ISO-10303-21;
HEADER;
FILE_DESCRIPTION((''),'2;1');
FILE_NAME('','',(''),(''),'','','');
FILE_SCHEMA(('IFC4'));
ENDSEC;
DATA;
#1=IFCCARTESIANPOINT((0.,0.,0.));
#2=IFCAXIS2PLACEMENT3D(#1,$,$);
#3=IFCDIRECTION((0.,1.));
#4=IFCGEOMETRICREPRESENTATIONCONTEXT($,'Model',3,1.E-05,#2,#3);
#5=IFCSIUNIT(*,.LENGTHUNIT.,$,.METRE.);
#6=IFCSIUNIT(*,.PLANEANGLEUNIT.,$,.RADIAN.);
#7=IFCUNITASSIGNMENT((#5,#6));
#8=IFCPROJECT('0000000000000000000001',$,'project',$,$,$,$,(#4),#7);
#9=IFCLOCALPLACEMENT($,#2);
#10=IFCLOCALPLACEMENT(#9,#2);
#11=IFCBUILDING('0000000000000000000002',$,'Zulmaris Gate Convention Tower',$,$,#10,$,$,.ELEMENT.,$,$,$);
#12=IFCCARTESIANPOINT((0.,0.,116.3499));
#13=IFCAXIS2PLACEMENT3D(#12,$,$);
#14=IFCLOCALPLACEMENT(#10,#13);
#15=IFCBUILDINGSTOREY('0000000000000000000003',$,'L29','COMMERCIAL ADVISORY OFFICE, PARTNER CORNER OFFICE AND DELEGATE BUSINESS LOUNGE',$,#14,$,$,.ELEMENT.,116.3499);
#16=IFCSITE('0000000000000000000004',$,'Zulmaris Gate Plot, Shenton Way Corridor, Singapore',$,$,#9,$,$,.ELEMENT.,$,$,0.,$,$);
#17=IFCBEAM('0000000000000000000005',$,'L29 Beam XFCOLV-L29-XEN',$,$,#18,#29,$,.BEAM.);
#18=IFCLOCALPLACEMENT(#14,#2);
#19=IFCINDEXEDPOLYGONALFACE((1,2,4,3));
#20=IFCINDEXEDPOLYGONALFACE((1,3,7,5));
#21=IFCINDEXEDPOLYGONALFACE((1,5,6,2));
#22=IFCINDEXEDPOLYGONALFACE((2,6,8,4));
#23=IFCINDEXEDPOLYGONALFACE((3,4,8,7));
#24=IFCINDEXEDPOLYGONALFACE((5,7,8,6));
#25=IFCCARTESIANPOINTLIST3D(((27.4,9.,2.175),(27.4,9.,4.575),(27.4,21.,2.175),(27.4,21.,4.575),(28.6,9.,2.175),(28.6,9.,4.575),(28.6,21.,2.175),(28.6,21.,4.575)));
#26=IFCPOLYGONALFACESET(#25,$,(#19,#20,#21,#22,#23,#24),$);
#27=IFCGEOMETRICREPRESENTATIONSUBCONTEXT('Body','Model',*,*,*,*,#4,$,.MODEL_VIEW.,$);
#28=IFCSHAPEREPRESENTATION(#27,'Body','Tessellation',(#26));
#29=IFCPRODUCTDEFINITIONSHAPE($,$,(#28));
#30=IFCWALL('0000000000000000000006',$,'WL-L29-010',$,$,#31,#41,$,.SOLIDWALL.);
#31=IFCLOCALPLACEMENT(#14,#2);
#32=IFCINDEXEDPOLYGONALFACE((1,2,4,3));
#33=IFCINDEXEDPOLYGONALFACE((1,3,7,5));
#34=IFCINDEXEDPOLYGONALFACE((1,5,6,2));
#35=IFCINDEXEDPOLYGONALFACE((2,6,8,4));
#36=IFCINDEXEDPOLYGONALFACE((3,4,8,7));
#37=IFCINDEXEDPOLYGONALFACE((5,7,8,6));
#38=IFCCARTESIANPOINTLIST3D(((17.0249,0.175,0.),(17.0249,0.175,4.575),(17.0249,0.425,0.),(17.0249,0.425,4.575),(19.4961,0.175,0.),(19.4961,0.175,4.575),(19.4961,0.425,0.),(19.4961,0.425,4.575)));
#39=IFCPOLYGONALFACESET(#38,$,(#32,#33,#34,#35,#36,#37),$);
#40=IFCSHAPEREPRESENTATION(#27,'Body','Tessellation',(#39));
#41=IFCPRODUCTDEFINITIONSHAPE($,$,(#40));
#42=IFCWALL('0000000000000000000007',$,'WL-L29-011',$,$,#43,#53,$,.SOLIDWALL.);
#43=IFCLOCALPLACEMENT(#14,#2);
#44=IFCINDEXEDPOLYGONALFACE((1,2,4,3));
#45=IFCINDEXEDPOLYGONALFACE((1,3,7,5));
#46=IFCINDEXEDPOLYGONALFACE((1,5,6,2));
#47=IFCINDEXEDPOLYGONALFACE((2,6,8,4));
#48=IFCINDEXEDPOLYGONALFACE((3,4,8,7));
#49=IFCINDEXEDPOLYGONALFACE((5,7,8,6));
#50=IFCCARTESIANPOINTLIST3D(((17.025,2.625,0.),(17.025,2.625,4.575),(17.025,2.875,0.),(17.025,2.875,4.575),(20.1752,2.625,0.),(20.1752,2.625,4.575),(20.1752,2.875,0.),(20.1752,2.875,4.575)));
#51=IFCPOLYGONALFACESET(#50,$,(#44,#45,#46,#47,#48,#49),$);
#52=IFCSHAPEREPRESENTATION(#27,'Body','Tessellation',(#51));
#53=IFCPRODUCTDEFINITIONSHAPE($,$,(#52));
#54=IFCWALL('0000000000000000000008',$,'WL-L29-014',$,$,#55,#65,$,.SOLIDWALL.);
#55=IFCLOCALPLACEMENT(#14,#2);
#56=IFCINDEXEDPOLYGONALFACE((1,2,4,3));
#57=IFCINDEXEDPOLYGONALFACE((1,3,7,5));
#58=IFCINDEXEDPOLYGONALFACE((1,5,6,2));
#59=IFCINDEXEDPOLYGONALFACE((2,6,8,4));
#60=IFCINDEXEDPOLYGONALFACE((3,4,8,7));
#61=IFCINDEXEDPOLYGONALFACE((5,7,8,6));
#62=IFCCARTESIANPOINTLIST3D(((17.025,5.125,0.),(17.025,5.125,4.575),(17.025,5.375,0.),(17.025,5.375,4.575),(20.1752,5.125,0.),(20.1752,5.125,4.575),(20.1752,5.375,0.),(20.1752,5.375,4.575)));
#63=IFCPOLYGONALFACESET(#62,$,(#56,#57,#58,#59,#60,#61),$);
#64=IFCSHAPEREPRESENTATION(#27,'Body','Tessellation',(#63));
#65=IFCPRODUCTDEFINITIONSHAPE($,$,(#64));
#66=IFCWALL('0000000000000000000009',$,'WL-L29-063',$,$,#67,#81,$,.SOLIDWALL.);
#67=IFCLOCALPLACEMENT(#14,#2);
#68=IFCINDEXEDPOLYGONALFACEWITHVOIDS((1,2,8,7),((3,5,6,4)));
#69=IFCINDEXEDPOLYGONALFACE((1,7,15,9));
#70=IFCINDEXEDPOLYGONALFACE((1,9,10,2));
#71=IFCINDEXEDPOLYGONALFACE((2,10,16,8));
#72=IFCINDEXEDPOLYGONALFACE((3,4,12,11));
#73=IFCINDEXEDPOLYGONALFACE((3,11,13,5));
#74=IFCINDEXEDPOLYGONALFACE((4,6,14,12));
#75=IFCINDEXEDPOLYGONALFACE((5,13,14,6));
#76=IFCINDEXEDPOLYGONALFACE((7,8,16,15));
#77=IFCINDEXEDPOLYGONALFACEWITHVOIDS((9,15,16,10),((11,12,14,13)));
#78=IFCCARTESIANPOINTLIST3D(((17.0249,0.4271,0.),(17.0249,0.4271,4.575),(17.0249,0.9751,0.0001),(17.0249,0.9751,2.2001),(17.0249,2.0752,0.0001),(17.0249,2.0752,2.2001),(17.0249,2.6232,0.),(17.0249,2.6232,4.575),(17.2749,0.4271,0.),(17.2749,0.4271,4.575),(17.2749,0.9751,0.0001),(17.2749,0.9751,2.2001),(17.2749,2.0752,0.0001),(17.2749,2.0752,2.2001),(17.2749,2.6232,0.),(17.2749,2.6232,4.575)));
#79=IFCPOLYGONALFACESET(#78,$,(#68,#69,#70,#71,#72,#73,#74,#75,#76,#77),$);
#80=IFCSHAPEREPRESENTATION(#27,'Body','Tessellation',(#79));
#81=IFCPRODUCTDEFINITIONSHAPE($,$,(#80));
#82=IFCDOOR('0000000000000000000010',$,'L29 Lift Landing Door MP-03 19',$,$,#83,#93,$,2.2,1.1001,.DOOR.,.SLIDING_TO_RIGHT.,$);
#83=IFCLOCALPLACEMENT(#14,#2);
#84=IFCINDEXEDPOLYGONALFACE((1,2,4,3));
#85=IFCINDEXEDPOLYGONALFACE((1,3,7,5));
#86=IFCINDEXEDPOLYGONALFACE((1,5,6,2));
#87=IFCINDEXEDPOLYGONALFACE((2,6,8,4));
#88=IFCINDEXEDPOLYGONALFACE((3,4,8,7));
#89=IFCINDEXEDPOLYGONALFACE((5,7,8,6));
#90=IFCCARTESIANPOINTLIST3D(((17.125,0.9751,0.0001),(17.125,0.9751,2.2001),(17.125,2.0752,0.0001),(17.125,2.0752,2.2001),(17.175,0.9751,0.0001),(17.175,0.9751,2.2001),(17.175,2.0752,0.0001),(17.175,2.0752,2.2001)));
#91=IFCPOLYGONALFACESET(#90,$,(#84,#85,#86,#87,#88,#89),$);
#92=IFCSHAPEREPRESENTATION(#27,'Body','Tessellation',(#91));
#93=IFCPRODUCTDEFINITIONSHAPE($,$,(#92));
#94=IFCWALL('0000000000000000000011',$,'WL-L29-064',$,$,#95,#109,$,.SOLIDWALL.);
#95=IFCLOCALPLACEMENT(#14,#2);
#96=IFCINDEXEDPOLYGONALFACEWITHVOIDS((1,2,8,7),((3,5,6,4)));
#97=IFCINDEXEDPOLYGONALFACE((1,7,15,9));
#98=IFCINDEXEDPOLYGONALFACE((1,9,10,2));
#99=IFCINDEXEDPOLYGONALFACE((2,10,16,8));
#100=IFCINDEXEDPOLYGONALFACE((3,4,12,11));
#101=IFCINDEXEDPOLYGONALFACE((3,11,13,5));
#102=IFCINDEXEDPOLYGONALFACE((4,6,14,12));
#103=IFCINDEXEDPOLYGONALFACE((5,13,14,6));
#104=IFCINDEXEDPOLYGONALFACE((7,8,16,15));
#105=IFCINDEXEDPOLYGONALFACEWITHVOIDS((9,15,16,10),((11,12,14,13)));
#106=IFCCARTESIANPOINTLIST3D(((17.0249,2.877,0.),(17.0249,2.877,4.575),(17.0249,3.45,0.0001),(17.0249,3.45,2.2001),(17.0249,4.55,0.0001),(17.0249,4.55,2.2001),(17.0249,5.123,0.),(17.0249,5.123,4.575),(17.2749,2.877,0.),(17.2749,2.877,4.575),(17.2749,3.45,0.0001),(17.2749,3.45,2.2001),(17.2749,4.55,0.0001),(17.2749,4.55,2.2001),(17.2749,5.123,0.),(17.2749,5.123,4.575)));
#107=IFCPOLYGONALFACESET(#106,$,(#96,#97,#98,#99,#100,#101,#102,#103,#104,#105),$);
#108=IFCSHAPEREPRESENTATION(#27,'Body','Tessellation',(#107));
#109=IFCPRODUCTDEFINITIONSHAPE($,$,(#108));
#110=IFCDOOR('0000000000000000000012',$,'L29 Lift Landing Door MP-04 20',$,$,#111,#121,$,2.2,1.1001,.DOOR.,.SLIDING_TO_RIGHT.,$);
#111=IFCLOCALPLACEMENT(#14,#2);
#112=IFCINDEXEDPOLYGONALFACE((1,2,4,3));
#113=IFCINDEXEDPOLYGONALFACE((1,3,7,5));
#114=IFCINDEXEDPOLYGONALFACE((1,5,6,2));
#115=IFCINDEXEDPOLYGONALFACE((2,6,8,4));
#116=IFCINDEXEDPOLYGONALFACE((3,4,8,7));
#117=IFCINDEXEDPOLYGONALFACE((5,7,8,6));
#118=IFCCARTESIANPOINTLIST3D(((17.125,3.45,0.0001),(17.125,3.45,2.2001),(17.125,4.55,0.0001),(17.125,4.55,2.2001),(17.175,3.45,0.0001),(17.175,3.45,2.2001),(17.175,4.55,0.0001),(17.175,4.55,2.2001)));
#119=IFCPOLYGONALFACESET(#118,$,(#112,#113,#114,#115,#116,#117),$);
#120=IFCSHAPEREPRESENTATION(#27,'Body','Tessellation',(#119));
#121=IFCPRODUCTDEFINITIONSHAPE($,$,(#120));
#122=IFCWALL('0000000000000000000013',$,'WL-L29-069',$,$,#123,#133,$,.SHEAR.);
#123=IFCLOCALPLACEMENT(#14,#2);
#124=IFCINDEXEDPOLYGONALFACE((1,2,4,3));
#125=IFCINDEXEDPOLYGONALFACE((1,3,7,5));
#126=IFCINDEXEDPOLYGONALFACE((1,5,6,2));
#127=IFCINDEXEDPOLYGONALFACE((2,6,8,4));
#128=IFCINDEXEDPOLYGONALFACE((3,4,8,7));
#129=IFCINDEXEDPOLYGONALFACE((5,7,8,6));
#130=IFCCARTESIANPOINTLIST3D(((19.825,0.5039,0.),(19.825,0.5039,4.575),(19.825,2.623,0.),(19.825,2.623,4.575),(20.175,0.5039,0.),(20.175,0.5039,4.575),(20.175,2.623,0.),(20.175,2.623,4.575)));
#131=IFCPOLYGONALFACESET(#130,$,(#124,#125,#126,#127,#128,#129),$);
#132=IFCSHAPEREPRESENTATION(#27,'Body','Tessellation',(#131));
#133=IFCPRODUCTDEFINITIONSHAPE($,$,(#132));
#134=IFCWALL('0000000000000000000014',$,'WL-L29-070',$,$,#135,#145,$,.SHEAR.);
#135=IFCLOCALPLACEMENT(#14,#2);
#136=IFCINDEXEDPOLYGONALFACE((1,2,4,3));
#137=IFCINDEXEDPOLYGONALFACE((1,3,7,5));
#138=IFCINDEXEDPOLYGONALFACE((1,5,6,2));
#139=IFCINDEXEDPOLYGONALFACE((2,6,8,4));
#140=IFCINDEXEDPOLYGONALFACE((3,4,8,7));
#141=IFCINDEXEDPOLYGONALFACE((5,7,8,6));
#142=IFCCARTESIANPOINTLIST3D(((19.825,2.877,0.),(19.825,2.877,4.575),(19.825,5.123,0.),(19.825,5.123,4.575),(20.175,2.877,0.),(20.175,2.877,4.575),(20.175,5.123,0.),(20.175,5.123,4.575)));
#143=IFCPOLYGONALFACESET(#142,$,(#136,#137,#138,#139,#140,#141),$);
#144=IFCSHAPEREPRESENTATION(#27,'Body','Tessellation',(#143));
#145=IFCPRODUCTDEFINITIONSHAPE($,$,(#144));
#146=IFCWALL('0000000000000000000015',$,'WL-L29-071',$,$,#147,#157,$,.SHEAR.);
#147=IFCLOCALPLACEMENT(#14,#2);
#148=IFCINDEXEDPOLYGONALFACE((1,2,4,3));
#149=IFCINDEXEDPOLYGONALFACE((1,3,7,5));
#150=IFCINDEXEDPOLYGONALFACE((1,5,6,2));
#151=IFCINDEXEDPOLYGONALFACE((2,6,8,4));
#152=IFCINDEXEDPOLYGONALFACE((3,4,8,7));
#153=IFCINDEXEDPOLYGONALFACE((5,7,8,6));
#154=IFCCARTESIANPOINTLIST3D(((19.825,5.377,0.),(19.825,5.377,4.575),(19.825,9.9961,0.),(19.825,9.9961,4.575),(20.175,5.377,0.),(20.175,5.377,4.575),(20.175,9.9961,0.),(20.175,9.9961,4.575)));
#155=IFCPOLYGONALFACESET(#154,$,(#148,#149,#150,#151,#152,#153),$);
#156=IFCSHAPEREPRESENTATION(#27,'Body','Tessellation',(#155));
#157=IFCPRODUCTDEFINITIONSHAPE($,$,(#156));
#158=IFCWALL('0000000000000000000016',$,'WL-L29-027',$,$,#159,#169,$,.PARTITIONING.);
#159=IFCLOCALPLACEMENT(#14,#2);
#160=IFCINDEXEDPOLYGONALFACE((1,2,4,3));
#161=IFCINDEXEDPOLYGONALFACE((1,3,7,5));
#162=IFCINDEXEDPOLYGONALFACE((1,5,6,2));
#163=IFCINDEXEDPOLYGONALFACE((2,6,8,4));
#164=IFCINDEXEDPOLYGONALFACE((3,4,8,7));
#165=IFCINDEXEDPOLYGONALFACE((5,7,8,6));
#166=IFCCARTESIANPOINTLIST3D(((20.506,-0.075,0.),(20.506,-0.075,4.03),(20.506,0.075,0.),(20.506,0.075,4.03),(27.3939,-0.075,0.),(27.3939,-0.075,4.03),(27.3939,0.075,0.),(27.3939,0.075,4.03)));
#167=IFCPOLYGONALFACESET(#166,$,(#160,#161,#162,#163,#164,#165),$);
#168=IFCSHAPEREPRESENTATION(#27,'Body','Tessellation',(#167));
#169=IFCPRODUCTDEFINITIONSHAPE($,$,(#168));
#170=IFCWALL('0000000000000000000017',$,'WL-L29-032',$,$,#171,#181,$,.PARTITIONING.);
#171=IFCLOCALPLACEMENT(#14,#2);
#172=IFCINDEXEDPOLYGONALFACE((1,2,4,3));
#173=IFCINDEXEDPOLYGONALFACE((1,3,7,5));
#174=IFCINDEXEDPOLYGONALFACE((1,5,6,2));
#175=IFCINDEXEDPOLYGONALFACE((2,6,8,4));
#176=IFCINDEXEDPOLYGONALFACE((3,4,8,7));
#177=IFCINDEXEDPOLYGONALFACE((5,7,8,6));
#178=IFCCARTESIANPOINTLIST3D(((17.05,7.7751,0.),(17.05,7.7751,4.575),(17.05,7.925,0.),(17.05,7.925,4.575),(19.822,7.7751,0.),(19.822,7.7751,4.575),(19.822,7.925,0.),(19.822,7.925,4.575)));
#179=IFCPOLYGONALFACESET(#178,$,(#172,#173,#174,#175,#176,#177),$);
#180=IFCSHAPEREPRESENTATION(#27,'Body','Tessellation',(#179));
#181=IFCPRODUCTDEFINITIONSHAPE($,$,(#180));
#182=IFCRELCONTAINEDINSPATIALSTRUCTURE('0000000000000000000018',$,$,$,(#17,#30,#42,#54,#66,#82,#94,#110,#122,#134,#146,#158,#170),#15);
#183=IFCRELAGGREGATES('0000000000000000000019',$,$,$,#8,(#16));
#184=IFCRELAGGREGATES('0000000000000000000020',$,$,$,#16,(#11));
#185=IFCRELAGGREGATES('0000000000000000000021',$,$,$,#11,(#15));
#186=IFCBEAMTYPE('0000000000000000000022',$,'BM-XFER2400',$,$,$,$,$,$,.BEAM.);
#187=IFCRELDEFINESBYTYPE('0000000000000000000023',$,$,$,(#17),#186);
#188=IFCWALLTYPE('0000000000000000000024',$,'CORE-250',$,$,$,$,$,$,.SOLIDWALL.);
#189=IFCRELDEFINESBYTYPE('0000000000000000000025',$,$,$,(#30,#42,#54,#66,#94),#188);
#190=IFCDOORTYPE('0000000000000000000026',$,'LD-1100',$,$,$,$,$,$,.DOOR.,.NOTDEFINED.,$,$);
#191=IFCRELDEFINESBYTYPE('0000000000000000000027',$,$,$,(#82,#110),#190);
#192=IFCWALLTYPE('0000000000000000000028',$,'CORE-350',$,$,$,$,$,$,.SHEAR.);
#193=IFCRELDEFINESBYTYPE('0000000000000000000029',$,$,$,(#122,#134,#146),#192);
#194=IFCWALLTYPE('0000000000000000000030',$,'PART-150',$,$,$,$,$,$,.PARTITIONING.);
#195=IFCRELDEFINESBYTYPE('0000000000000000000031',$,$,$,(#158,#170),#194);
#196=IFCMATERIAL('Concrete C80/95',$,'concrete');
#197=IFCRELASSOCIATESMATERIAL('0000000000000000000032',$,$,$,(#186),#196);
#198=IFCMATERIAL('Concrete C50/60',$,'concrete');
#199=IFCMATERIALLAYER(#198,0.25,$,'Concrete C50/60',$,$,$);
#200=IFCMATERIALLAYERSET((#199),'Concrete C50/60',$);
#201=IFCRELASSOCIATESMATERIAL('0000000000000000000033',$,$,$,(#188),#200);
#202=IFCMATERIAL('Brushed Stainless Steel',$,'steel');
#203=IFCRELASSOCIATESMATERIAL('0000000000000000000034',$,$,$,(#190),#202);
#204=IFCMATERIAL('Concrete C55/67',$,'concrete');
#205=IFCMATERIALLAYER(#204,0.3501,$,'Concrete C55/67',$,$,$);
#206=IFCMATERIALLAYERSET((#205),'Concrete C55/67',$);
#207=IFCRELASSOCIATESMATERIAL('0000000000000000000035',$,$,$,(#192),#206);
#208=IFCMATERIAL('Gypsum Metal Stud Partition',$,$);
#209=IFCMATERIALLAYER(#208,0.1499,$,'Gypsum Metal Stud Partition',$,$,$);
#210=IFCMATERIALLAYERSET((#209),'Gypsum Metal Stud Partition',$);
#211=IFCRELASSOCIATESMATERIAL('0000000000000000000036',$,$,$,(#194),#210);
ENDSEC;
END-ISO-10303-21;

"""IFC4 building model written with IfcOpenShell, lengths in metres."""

from ifc_helpers import new_model, si_unit, direction, frame, frame_2d, origin, origin_2d, place, context, subcontext, project, spatial, rectangle, extrude, material, layer, layer_set, material_profile, profile_set, type_object, element, fill, save


model = new_model("IFC4")

# Units and contexts
model_context = context("Model", 3, precision=1e-05, world=origin(), true_north=direction((0.0, 1.0)))
body_context = subcontext(model_context, "Body", "Model", "MODEL_VIEW")
ifc_project = project(units=[si_unit("LENGTHUNIT", "METRE"), si_unit("PLANEANGLEUNIT", "RADIAN")], contexts=[model_context])

# Site, building, storey
site_placement = place(None, origin())
site = spatial("IfcSite", under=ifc_project, at=site_placement, Name="Zulmaris Gate Plot, Shenton Way Corridor, Singapore", CompositionType="ELEMENT", RefElevation=0.0)
building_placement = place(site_placement, origin())
building = spatial("IfcBuilding", under=site, at=building_placement, Name="Zulmaris Gate Convention Tower", CompositionType="ELEMENT")
storey_placement = place(building_placement, frame((0.0, 0.0, 116.3499)))
storey = spatial("IfcBuildingStorey", under=building, at=storey_placement, Name="L29", Description="COMMERCIAL ADVISORY OFFICE, PARTNER CORNER OFFICE AND DELEGATE BUSINESS LOUNGE", CompositionType="ELEMENT", Elevation=116.3499)

# Beam
ifc_material_1 = material(Name="Concrete C80/95", Category="concrete")
ifc_material_profile_1 = material_profile(ifc_material_1, rectangle(XDim=1.2, YDim=2.3999, at=origin_2d()), Name="RC TRANSFER 1200x2400")
ifc_profile_set_1 = profile_set([ifc_material_profile_1], Name="Concrete C80/95")
beam_type_1 = type_object("IfcBeamType", Name="BM-XFER2400", PredefinedType="BEAM", material=ifc_profile_set_1)
beam_1_placement = place(storey_placement, frame((28.0, 9.0, 3.375), z_axis=(0.0, 1.0, 0.0), x_axis=(-1.0, 0.0, 0.0)))
element("IfcBeam", 1, at=beam_1_placement, inside=storey, type_object=beam_type_1, Name="L29 Beam XFCOLV-L29-XEN", PredefinedType="BEAM", context=body_context, shape_type="SweptSolid", body=[
    extrude(rectangle(XDim=1.2, YDim=2.3999, at=origin_2d()), origin(), (0.0, 0.0, 1.0), 12.0),
])

# Walls
ifc_material_2 = material(Name="Concrete C50/60", Category="concrete")
ifc_layer_1 = layer(ifc_material_2, 0.25, Name="Concrete C50/60")
ifc_layer_set_1 = layer_set([ifc_layer_1], Name="Concrete C50/60")
wall_type_1 = type_object("IfcWallType", Name="CORE-250", PredefinedType="SOLIDWALL", material=ifc_layer_set_1)
wall_1_placement = place(storey_placement, frame((17.0249, 0.3, 0.0), z_axis=(0.0, 0.0, 1.0), x_axis=(1.0, 0.0, 0.0)))
element("IfcWall", 2, at=wall_1_placement, inside=storey, type_object=wall_type_1, Name="WL-L29-010", PredefinedType="SOLIDWALL", context=body_context, shape_type="SweptSolid", body=[
    extrude(rectangle(XDim=2.4712, YDim=0.25, at=frame_2d((1.2356, 0.0))), origin(), (0.0, 0.0, 1.0), 4.575),
])
for number, where, z_axis, x_axis, name in (
    (3, (17.0249, 2.75, 0.0), (0.0, 0.0, 1.0), (1.0, 0.0, 0.0), "WL-L29-011"),
    (4, (17.0249, 5.25, 0.0), (0.0, 0.0, 1.0), (1.0, 0.0, 0.0), "WL-L29-014"),
):
    element("IfcWall", number, at=place(storey_placement, frame(where, z_axis=z_axis, x_axis=x_axis)), inside=storey, type_object=wall_type_1, Name=name, PredefinedType="SOLIDWALL", context=body_context, shape_type="SweptSolid", body=[
        extrude(rectangle(XDim=3.1501, YDim=0.25, at=frame_2d((1.5752, 0.0))), origin(), (0.0, 0.0, 1.0), 4.575),
    ])

# Walls, openings, doors
wall_2_placement = place(storey_placement, frame((17.1499, 0.427, 0.0), z_axis=(0.0, 0.0, 1.0), x_axis=(0.0, 1.0, 0.0)))
wall_2 = element("IfcWall", 5, at=wall_2_placement, inside=storey, type_object=wall_type_1, Name="WL-L29-063", PredefinedType="SOLIDWALL", context=body_context, shape_type="SweptSolid", body=[
    extrude(rectangle(XDim=2.196, YDim=0.25, at=frame_2d((1.0981, 0.0))), origin(), (0.0, 0.0, 1.0), 4.575),
])
opening_1_placement = place(wall_2_placement, frame((0.5481, 0.0, 0.0)))
opening_1 = element("IfcOpeningElement", 6, at=opening_1_placement, cuts=wall_2, PredefinedType="OPENING", context=body_context, shape_type="SweptSolid", body=[
    extrude(rectangle(XDim=1.1001, YDim=2.2, at=frame_2d((0.55, 1.1001))), frame((0.0, 0.135, 0.0), z_axis=(0.0, -1.0, 0.0), x_axis=(1.0, 0.0, 0.0)), (0.0, 0.0, 1.0), 0.27),
])
ifc_material_3 = material(Name="Brushed Stainless Steel", Category="steel")
door_type_1 = type_object("IfcDoorType", Name="LD-1100", OperationType="NOTDEFINED", PredefinedType="DOOR", material=ifc_material_3)
door_1_placement = place(opening_1_placement, origin())
door_1 = element("IfcDoor", 7, at=door_1_placement, inside=storey, type_object=door_type_1, Name="L29 Lift Landing Door MP-03 19", OperationType="SLIDING_TO_RIGHT", OverallHeight=2.2, OverallWidth=1.1001, PredefinedType="DOOR", context=body_context, shape_type="SweptSolid", body=[
    extrude(rectangle(XDim=1.1001, YDim=2.2, at=frame_2d((0.55, 1.1001))), frame((0.0, 0.0249, 0.0), z_axis=(0.0, -1.0, 0.0), x_axis=(1.0, 0.0, 0.0)), (0.0, 0.0, 1.0), 0.05),
])
fill(opening_1, door_1)
wall_3_placement = place(storey_placement, frame((17.1499, 2.877, 0.0), z_axis=(0.0, 0.0, 1.0), x_axis=(0.0, 1.0, 0.0)))
wall_3 = element("IfcWall", 8, at=wall_3_placement, inside=storey, type_object=wall_type_1, Name="WL-L29-064", PredefinedType="SOLIDWALL", context=body_context, shape_type="SweptSolid", body=[
    extrude(rectangle(XDim=2.2461, YDim=0.25, at=frame_2d((1.123, 0.0))), origin(), (0.0, 0.0, 1.0), 4.575),
])
opening_2_placement = place(wall_3_placement, frame((0.573, 0.0, 0.0)))
opening_2 = element("IfcOpeningElement", 9, at=opening_2_placement, cuts=wall_3, PredefinedType="OPENING", context=body_context, shape_type="SweptSolid", body=[
    extrude(rectangle(XDim=1.1001, YDim=2.2, at=frame_2d((0.55, 1.1001))), frame((0.0, 0.135, 0.0), z_axis=(0.0, -1.0, 0.0), x_axis=(1.0, 0.0, 0.0)), (0.0, 0.0, 1.0), 0.27),
])
door_2_placement = place(opening_2_placement, origin())
door_2 = element("IfcDoor", 10, at=door_2_placement, inside=storey, type_object=door_type_1, Name="L29 Lift Landing Door MP-04 20", OperationType="SLIDING_TO_RIGHT", OverallHeight=2.2, OverallWidth=1.1001, PredefinedType="DOOR", context=body_context, shape_type="SweptSolid", body=[
    extrude(rectangle(XDim=1.1001, YDim=2.2, at=frame_2d((0.55, 1.1001))), frame((0.0, 0.0249, 0.0), z_axis=(0.0, -1.0, 0.0), x_axis=(1.0, 0.0, 0.0)), (0.0, 0.0, 1.0), 0.05),
])
fill(opening_2, door_2)

# Walls
ifc_material_4 = material(Name="Concrete C55/67", Category="concrete")
ifc_layer_2 = layer(ifc_material_4, 0.3501, Name="Concrete C55/67")
ifc_layer_set_2 = layer_set([ifc_layer_2], Name="Concrete C55/67")
wall_type_2 = type_object("IfcWallType", Name="CORE-350", PredefinedType="SHEAR", material=ifc_layer_set_2)
wall_4_placement = place(storey_placement, frame((20.0, 0.5039, 0.0), z_axis=(0.0, 0.0, 1.0), x_axis=(0.0, 1.0, 0.0)))
element("IfcWall", 11, at=wall_4_placement, inside=storey, type_object=wall_type_2, Name="WL-L29-069", PredefinedType="SHEAR", context=body_context, shape_type="SweptSolid", body=[
    extrude(rectangle(XDim=2.1191, YDim=0.3501, at=frame_2d((1.0596, 0.0))), origin(), (0.0, 0.0, 1.0), 4.575),
])
wall_5_placement = place(storey_placement, frame((20.0, 2.877, 0.0), z_axis=(0.0, 0.0, 1.0), x_axis=(0.0, 1.0, 0.0)))
element("IfcWall", 12, at=wall_5_placement, inside=storey, type_object=wall_type_2, Name="WL-L29-070", PredefinedType="SHEAR", context=body_context, shape_type="SweptSolid", body=[
    extrude(rectangle(XDim=2.2461, YDim=0.3501, at=frame_2d((1.123, 0.0))), origin(), (0.0, 0.0, 1.0), 4.575),
])
wall_6_placement = place(storey_placement, frame((20.0, 5.377, 0.0), z_axis=(0.0, 0.0, 1.0), x_axis=(0.0, 1.0, 0.0)))
element("IfcWall", 13, at=wall_6_placement, inside=storey, type_object=wall_type_2, Name="WL-L29-071", PredefinedType="SHEAR", context=body_context, shape_type="SweptSolid", body=[
    extrude(rectangle(XDim=4.6191, YDim=0.3501, at=frame_2d((2.3096, 0.0))), origin(), (0.0, 0.0, 1.0), 4.575),
])
ifc_material_5 = material(Name="Gypsum Metal Stud Partition")
ifc_layer_3 = layer(ifc_material_5, 0.1499, Name="Gypsum Metal Stud Partition")
ifc_layer_set_3 = layer_set([ifc_layer_3], Name="Gypsum Metal Stud Partition")
wall_type_3 = type_object("IfcWallType", Name="PART-150", PredefinedType="PARTITIONING", material=ifc_layer_set_3)
wall_7_placement = place(storey_placement, frame((20.5061, 0.0, 0.0), z_axis=(0.0, 0.0, 1.0), x_axis=(1.0, 0.0, 0.0)))
element("IfcWall", 14, at=wall_7_placement, inside=storey, type_object=wall_type_3, Name="WL-L29-027", PredefinedType="PARTITIONING", context=body_context, shape_type="SweptSolid", body=[
    extrude(rectangle(XDim=6.8879, YDim=0.1499, at=frame_2d((3.4438, 0.0))), origin(), (0.0, 0.0, 1.0), 4.03),
])
wall_8_placement = place(storey_placement, frame((17.05, 7.8501, 0.0), z_axis=(0.0, 0.0, 1.0), x_axis=(1.0, 0.0, 0.0)))
element("IfcWall", 15, at=wall_8_placement, inside=storey, type_object=wall_type_3, Name="WL-L29-032", PredefinedType="PARTITIONING", context=body_context, shape_type="SweptSolid", body=[
    extrude(rectangle(XDim=2.772, YDim=0.1499, at=frame_2d((1.386, 0.0))), origin(), (0.0, 0.0, 1.0), 4.575),
])

save(model, "model.ifc")
